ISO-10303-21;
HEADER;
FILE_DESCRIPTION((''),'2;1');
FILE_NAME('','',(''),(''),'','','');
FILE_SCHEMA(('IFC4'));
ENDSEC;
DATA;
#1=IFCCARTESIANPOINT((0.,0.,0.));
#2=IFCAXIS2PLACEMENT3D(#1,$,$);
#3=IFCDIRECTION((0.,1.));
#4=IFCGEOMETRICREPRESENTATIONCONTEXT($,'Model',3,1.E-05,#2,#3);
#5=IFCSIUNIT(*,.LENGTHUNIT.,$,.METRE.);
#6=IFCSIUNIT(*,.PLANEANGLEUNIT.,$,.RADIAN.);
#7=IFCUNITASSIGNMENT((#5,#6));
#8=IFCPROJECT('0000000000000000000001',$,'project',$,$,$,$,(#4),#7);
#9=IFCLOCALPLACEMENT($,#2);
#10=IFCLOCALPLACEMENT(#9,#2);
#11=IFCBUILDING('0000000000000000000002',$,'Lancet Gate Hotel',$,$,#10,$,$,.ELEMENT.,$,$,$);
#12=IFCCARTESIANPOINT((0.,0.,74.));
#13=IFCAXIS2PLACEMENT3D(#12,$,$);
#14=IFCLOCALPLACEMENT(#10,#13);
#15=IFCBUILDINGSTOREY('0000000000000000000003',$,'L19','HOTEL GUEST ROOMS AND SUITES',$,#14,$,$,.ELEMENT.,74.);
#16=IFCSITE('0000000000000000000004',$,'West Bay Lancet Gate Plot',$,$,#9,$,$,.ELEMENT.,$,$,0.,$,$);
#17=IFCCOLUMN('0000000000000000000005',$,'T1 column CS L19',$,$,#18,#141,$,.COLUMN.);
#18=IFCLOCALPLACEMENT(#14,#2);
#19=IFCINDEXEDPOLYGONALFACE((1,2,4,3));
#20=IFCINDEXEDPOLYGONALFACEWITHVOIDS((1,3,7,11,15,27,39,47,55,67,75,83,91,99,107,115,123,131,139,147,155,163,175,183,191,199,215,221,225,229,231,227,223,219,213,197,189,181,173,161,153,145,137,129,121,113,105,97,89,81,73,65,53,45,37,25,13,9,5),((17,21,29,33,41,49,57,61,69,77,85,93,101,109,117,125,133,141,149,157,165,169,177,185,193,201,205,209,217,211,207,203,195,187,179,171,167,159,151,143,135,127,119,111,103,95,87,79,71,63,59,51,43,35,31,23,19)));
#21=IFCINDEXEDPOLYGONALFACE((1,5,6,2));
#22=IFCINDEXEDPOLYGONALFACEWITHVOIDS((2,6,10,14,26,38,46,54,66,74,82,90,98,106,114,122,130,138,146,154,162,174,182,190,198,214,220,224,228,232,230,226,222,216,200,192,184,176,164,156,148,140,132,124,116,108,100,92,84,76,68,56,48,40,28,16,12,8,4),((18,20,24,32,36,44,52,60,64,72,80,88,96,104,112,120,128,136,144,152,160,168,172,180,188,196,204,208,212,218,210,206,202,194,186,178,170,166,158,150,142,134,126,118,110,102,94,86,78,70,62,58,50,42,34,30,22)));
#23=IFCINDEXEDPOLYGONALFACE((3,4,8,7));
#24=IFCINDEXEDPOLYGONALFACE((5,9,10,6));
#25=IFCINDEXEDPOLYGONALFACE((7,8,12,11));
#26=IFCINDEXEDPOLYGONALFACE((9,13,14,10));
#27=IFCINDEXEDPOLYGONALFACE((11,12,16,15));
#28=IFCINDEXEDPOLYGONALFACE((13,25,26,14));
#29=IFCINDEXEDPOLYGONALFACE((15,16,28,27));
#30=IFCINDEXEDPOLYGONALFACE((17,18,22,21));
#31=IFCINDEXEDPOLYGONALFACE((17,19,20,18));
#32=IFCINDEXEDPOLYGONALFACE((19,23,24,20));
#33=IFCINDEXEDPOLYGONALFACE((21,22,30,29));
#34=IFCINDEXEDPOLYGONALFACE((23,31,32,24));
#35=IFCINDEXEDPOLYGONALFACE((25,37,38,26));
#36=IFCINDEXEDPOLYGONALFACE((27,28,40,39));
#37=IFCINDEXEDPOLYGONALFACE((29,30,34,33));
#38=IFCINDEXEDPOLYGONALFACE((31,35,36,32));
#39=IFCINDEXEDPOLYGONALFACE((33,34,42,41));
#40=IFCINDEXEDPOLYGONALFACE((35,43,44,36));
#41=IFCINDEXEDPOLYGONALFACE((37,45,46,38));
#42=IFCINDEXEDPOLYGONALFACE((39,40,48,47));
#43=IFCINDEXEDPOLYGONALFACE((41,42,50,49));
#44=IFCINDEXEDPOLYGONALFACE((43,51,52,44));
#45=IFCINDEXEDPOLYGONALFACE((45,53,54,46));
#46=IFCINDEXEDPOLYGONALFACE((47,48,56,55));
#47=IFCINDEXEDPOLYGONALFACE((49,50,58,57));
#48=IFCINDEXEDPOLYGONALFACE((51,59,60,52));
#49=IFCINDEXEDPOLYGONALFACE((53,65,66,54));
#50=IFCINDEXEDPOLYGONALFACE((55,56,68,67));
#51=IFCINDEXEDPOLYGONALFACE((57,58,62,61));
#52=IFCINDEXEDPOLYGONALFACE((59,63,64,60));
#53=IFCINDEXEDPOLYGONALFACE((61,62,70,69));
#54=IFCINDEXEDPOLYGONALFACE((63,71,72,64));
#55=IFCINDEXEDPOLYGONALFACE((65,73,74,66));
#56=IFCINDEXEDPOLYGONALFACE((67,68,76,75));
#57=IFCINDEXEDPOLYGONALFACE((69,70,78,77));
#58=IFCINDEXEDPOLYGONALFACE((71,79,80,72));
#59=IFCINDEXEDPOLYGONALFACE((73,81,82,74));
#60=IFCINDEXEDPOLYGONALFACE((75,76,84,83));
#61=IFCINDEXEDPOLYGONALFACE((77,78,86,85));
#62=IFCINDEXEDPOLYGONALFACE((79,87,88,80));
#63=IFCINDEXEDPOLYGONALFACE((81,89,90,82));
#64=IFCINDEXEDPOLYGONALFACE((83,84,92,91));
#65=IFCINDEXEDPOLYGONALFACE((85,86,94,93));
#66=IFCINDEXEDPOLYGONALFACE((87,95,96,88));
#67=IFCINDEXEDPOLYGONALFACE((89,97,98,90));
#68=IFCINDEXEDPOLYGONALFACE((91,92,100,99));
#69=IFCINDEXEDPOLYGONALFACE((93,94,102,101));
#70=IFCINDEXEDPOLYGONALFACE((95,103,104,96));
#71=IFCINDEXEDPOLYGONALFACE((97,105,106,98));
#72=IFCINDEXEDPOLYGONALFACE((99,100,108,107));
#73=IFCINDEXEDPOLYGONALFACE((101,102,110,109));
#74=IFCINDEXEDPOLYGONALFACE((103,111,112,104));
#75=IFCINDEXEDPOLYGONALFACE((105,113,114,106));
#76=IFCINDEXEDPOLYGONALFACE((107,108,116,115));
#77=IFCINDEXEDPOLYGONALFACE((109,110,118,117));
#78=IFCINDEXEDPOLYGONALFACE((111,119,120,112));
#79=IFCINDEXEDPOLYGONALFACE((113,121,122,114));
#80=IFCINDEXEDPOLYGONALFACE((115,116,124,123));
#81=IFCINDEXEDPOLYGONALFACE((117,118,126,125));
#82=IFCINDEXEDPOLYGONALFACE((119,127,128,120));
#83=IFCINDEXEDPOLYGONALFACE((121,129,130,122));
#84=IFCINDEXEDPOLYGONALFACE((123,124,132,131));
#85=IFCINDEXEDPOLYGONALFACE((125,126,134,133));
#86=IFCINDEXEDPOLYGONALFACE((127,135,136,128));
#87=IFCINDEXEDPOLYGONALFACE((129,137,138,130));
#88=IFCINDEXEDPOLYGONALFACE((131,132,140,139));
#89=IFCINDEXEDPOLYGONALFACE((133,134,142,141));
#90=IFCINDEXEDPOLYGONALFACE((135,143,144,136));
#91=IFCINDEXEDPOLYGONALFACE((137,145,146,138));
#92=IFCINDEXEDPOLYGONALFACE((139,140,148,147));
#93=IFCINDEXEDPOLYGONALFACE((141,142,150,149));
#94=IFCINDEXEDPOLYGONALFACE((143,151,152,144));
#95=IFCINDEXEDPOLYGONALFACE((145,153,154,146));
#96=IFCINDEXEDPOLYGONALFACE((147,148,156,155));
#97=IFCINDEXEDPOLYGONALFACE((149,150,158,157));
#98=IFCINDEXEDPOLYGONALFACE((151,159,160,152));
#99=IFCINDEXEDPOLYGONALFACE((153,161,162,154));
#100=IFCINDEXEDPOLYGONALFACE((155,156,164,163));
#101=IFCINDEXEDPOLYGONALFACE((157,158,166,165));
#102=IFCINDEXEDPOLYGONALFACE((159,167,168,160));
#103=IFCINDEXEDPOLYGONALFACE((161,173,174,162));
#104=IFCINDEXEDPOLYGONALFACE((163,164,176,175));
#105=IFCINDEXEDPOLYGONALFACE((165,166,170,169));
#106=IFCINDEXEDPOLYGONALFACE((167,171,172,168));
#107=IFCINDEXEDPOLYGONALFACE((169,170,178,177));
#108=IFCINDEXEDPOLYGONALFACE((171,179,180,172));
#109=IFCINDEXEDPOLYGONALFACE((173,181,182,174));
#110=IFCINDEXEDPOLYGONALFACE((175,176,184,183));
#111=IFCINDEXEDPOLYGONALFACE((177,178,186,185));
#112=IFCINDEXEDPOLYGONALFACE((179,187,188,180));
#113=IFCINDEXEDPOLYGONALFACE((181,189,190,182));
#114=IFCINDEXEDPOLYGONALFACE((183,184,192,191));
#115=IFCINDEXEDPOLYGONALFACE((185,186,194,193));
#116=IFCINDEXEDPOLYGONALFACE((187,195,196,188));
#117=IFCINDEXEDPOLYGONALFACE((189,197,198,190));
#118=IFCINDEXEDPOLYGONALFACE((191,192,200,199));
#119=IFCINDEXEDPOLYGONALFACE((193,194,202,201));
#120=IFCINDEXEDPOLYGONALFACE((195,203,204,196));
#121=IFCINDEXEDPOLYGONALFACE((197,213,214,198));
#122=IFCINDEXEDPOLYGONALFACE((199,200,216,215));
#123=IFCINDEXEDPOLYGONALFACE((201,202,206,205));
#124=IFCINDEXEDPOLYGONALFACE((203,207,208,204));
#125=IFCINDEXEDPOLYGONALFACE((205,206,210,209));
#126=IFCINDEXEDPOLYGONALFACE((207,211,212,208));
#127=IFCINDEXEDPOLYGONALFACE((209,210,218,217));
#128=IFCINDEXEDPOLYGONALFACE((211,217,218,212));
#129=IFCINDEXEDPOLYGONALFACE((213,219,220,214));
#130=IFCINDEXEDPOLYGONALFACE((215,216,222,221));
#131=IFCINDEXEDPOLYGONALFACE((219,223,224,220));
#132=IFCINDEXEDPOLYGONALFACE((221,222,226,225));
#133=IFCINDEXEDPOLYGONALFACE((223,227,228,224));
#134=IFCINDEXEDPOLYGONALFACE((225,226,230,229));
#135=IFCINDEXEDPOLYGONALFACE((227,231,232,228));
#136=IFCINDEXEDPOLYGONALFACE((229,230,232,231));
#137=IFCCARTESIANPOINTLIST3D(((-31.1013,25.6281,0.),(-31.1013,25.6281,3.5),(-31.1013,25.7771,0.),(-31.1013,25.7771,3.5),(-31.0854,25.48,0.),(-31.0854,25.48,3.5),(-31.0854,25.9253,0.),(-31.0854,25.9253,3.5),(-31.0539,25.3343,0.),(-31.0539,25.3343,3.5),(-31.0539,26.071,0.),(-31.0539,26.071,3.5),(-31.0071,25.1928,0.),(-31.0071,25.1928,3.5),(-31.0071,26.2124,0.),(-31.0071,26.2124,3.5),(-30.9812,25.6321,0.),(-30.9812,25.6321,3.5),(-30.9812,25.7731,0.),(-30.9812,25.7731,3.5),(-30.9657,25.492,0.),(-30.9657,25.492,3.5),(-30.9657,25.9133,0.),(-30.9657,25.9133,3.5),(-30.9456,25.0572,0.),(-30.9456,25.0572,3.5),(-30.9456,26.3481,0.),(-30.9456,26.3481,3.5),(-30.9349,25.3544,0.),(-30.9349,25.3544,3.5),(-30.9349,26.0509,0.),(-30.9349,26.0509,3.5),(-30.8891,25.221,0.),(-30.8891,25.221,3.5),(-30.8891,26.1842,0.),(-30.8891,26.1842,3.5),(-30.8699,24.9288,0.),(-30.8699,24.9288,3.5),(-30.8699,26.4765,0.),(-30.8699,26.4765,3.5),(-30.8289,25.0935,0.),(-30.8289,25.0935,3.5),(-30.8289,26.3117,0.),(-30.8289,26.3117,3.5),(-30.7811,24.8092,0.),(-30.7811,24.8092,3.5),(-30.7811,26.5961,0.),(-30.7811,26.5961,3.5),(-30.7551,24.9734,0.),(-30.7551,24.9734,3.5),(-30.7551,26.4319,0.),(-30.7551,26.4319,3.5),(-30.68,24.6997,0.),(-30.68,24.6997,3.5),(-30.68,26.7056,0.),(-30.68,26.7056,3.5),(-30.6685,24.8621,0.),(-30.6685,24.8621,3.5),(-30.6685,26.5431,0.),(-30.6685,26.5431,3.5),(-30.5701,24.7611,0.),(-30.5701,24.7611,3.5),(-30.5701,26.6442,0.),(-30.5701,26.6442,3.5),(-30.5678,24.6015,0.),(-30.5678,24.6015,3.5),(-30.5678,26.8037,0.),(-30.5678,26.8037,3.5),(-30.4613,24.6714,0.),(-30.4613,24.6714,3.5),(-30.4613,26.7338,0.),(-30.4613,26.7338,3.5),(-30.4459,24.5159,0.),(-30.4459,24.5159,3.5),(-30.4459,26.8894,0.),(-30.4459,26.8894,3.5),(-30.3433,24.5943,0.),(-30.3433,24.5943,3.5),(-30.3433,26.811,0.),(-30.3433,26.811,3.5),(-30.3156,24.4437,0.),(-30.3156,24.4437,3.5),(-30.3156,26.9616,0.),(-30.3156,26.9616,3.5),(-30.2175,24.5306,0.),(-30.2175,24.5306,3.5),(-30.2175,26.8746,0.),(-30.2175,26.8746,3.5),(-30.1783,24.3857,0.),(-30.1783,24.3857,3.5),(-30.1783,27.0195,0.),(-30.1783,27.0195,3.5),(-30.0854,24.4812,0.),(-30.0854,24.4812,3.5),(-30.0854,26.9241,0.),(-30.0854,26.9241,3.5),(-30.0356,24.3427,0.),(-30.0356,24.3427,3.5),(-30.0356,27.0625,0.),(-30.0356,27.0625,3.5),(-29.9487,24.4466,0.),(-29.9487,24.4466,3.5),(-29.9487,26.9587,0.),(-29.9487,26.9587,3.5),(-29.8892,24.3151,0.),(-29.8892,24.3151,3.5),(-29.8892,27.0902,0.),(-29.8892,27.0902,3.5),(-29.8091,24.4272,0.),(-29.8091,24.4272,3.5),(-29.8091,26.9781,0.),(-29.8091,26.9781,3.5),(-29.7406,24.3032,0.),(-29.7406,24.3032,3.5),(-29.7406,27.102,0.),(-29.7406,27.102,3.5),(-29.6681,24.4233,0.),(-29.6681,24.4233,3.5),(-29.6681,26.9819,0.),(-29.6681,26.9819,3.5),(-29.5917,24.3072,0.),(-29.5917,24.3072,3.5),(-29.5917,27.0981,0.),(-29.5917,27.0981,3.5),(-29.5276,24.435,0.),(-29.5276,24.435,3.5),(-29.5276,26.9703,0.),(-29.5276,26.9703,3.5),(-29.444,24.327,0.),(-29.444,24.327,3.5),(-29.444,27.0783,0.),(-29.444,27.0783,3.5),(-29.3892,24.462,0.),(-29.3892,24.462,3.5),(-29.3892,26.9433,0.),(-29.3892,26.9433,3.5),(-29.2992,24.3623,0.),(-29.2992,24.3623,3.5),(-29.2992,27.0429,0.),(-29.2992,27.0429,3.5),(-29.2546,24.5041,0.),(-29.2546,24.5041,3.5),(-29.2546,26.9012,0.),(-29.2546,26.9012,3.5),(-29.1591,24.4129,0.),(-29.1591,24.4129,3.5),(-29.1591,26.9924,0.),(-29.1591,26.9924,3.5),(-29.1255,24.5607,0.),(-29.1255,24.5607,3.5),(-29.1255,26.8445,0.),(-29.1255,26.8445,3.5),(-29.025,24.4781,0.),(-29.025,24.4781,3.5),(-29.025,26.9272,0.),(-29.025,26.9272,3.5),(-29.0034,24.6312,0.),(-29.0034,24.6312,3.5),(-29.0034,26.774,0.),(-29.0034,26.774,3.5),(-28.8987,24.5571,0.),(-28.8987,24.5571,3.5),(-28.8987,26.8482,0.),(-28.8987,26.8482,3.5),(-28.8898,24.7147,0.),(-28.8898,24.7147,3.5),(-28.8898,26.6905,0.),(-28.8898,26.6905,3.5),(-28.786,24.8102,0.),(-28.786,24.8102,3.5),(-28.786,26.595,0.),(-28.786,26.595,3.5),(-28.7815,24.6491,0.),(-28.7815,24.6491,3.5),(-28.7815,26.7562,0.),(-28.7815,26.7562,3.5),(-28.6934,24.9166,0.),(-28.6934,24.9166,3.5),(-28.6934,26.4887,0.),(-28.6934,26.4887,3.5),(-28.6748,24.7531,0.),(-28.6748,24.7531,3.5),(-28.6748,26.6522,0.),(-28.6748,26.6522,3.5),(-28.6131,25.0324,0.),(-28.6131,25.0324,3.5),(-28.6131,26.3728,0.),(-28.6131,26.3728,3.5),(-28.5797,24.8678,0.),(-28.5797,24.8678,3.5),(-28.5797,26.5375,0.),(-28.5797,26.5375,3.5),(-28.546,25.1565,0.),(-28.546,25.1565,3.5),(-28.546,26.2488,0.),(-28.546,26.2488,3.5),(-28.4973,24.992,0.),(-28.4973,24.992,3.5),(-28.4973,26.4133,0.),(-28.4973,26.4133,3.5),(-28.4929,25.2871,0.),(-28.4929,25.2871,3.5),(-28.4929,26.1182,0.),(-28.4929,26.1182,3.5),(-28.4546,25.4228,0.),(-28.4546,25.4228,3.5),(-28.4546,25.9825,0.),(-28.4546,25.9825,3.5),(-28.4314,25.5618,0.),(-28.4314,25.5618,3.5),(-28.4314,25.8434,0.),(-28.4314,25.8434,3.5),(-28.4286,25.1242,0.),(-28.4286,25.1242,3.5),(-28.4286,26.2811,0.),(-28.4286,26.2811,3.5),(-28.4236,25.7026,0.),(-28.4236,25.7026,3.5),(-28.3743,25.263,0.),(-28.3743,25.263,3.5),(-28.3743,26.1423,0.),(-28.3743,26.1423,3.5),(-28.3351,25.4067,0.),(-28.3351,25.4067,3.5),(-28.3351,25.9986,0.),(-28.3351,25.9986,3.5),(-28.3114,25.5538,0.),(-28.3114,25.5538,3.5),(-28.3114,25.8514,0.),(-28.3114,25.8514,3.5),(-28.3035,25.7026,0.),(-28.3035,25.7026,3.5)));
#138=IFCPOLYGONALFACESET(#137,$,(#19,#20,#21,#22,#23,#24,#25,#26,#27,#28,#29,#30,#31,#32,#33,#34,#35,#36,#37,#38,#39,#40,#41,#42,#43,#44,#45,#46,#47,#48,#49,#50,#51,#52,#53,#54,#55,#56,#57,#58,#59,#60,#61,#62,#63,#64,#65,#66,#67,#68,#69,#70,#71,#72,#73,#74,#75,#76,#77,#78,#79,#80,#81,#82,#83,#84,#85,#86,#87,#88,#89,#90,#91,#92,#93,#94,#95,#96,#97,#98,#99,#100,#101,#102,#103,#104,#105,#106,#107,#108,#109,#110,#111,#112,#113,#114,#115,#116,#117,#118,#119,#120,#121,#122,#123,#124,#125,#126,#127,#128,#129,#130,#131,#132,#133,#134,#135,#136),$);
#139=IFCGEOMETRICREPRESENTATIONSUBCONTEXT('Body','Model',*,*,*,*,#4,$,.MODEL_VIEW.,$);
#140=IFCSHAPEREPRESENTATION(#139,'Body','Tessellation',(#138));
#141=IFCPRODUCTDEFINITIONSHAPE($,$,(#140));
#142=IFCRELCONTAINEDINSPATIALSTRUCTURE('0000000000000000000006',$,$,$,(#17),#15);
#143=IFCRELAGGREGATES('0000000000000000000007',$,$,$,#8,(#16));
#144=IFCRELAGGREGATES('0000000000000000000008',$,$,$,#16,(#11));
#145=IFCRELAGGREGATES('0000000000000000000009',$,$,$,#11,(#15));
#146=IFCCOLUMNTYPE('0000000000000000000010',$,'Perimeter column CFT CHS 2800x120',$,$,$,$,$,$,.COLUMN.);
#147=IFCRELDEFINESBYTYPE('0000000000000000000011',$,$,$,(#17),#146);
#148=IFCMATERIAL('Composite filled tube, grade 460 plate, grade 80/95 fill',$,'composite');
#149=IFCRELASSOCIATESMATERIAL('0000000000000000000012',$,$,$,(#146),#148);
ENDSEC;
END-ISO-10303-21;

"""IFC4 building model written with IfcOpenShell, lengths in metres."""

from ifc_helpers import new_model, si_unit, direction, frame, origin, origin_2d, place, context, subcontext, project, spatial, hollow_circle, extrude, material, material_profile, profile_set, type_object, element, save


model = new_model("IFC4")

# Units and contexts
model_context = context("Model", 3, precision=1e-05, world=origin(), true_north=direction((0.0, 1.0)))
body_context = subcontext(model_context, "Body", "Model", "MODEL_VIEW")
ifc_project = project(units=[si_unit("LENGTHUNIT", "METRE"), si_unit("PLANEANGLEUNIT", "RADIAN")], contexts=[model_context])

# Site, building, storey
site_placement = place(None, origin())
site = spatial("IfcSite", under=ifc_project, at=site_placement, Name="West Bay Lancet Gate Plot", CompositionType="ELEMENT", RefElevation=0.0)
building_placement = place(site_placement, origin())
building = spatial("IfcBuilding", under=site, at=building_placement, Name="Lancet Gate Hotel", CompositionType="ELEMENT")
storey_placement = place(building_placement, frame((0.0, 0.0, 74.0)))
storey = spatial("IfcBuildingStorey", under=building, at=storey_placement, Name="L19", Description="HOTEL GUEST ROOMS AND SUITES", CompositionType="ELEMENT", Elevation=74.0)

# Column
ifc_material_1 = material(Name="Composite filled tube, grade 460 plate, grade 80/95 fill", Category="composite")
ifc_material_profile_1 = material_profile(ifc_material_1, hollow_circle(Radius=1.3999, WallThickness=0.1201, at=origin_2d()), Name="CHS 2800x120")
ifc_profile_set_1 = profile_set([ifc_material_profile_1], Name="Composite filled tube, grade 460 plate, grade 80/95 fill")
column_type = type_object("IfcColumnType", Name="Perimeter column CFT CHS 2800x120", PredefinedType="COLUMN", material=ifc_profile_set_1)
for number, where, z_axis, x_axis, name in (
    (1, (-29.7034, 25.7026, 0.0), (0.0, 0.0, 1.0), (1.0, 0.0, 0.0), "T1 column CS L19"),
):
    element("IfcColumn", number, at=place(storey_placement, frame(where, z_axis=z_axis, x_axis=x_axis)), inside=storey, type_object=column_type, Name=name, PredefinedType="COLUMN", context=body_context, shape_type="SweptSolid", body=[
        extrude(hollow_circle(Radius=1.3999, WallThickness=0.1201, at=origin_2d()), origin(), (0.0, 0.0, 1.0), 3.5),
    ])

save(model, "model.ifc")
